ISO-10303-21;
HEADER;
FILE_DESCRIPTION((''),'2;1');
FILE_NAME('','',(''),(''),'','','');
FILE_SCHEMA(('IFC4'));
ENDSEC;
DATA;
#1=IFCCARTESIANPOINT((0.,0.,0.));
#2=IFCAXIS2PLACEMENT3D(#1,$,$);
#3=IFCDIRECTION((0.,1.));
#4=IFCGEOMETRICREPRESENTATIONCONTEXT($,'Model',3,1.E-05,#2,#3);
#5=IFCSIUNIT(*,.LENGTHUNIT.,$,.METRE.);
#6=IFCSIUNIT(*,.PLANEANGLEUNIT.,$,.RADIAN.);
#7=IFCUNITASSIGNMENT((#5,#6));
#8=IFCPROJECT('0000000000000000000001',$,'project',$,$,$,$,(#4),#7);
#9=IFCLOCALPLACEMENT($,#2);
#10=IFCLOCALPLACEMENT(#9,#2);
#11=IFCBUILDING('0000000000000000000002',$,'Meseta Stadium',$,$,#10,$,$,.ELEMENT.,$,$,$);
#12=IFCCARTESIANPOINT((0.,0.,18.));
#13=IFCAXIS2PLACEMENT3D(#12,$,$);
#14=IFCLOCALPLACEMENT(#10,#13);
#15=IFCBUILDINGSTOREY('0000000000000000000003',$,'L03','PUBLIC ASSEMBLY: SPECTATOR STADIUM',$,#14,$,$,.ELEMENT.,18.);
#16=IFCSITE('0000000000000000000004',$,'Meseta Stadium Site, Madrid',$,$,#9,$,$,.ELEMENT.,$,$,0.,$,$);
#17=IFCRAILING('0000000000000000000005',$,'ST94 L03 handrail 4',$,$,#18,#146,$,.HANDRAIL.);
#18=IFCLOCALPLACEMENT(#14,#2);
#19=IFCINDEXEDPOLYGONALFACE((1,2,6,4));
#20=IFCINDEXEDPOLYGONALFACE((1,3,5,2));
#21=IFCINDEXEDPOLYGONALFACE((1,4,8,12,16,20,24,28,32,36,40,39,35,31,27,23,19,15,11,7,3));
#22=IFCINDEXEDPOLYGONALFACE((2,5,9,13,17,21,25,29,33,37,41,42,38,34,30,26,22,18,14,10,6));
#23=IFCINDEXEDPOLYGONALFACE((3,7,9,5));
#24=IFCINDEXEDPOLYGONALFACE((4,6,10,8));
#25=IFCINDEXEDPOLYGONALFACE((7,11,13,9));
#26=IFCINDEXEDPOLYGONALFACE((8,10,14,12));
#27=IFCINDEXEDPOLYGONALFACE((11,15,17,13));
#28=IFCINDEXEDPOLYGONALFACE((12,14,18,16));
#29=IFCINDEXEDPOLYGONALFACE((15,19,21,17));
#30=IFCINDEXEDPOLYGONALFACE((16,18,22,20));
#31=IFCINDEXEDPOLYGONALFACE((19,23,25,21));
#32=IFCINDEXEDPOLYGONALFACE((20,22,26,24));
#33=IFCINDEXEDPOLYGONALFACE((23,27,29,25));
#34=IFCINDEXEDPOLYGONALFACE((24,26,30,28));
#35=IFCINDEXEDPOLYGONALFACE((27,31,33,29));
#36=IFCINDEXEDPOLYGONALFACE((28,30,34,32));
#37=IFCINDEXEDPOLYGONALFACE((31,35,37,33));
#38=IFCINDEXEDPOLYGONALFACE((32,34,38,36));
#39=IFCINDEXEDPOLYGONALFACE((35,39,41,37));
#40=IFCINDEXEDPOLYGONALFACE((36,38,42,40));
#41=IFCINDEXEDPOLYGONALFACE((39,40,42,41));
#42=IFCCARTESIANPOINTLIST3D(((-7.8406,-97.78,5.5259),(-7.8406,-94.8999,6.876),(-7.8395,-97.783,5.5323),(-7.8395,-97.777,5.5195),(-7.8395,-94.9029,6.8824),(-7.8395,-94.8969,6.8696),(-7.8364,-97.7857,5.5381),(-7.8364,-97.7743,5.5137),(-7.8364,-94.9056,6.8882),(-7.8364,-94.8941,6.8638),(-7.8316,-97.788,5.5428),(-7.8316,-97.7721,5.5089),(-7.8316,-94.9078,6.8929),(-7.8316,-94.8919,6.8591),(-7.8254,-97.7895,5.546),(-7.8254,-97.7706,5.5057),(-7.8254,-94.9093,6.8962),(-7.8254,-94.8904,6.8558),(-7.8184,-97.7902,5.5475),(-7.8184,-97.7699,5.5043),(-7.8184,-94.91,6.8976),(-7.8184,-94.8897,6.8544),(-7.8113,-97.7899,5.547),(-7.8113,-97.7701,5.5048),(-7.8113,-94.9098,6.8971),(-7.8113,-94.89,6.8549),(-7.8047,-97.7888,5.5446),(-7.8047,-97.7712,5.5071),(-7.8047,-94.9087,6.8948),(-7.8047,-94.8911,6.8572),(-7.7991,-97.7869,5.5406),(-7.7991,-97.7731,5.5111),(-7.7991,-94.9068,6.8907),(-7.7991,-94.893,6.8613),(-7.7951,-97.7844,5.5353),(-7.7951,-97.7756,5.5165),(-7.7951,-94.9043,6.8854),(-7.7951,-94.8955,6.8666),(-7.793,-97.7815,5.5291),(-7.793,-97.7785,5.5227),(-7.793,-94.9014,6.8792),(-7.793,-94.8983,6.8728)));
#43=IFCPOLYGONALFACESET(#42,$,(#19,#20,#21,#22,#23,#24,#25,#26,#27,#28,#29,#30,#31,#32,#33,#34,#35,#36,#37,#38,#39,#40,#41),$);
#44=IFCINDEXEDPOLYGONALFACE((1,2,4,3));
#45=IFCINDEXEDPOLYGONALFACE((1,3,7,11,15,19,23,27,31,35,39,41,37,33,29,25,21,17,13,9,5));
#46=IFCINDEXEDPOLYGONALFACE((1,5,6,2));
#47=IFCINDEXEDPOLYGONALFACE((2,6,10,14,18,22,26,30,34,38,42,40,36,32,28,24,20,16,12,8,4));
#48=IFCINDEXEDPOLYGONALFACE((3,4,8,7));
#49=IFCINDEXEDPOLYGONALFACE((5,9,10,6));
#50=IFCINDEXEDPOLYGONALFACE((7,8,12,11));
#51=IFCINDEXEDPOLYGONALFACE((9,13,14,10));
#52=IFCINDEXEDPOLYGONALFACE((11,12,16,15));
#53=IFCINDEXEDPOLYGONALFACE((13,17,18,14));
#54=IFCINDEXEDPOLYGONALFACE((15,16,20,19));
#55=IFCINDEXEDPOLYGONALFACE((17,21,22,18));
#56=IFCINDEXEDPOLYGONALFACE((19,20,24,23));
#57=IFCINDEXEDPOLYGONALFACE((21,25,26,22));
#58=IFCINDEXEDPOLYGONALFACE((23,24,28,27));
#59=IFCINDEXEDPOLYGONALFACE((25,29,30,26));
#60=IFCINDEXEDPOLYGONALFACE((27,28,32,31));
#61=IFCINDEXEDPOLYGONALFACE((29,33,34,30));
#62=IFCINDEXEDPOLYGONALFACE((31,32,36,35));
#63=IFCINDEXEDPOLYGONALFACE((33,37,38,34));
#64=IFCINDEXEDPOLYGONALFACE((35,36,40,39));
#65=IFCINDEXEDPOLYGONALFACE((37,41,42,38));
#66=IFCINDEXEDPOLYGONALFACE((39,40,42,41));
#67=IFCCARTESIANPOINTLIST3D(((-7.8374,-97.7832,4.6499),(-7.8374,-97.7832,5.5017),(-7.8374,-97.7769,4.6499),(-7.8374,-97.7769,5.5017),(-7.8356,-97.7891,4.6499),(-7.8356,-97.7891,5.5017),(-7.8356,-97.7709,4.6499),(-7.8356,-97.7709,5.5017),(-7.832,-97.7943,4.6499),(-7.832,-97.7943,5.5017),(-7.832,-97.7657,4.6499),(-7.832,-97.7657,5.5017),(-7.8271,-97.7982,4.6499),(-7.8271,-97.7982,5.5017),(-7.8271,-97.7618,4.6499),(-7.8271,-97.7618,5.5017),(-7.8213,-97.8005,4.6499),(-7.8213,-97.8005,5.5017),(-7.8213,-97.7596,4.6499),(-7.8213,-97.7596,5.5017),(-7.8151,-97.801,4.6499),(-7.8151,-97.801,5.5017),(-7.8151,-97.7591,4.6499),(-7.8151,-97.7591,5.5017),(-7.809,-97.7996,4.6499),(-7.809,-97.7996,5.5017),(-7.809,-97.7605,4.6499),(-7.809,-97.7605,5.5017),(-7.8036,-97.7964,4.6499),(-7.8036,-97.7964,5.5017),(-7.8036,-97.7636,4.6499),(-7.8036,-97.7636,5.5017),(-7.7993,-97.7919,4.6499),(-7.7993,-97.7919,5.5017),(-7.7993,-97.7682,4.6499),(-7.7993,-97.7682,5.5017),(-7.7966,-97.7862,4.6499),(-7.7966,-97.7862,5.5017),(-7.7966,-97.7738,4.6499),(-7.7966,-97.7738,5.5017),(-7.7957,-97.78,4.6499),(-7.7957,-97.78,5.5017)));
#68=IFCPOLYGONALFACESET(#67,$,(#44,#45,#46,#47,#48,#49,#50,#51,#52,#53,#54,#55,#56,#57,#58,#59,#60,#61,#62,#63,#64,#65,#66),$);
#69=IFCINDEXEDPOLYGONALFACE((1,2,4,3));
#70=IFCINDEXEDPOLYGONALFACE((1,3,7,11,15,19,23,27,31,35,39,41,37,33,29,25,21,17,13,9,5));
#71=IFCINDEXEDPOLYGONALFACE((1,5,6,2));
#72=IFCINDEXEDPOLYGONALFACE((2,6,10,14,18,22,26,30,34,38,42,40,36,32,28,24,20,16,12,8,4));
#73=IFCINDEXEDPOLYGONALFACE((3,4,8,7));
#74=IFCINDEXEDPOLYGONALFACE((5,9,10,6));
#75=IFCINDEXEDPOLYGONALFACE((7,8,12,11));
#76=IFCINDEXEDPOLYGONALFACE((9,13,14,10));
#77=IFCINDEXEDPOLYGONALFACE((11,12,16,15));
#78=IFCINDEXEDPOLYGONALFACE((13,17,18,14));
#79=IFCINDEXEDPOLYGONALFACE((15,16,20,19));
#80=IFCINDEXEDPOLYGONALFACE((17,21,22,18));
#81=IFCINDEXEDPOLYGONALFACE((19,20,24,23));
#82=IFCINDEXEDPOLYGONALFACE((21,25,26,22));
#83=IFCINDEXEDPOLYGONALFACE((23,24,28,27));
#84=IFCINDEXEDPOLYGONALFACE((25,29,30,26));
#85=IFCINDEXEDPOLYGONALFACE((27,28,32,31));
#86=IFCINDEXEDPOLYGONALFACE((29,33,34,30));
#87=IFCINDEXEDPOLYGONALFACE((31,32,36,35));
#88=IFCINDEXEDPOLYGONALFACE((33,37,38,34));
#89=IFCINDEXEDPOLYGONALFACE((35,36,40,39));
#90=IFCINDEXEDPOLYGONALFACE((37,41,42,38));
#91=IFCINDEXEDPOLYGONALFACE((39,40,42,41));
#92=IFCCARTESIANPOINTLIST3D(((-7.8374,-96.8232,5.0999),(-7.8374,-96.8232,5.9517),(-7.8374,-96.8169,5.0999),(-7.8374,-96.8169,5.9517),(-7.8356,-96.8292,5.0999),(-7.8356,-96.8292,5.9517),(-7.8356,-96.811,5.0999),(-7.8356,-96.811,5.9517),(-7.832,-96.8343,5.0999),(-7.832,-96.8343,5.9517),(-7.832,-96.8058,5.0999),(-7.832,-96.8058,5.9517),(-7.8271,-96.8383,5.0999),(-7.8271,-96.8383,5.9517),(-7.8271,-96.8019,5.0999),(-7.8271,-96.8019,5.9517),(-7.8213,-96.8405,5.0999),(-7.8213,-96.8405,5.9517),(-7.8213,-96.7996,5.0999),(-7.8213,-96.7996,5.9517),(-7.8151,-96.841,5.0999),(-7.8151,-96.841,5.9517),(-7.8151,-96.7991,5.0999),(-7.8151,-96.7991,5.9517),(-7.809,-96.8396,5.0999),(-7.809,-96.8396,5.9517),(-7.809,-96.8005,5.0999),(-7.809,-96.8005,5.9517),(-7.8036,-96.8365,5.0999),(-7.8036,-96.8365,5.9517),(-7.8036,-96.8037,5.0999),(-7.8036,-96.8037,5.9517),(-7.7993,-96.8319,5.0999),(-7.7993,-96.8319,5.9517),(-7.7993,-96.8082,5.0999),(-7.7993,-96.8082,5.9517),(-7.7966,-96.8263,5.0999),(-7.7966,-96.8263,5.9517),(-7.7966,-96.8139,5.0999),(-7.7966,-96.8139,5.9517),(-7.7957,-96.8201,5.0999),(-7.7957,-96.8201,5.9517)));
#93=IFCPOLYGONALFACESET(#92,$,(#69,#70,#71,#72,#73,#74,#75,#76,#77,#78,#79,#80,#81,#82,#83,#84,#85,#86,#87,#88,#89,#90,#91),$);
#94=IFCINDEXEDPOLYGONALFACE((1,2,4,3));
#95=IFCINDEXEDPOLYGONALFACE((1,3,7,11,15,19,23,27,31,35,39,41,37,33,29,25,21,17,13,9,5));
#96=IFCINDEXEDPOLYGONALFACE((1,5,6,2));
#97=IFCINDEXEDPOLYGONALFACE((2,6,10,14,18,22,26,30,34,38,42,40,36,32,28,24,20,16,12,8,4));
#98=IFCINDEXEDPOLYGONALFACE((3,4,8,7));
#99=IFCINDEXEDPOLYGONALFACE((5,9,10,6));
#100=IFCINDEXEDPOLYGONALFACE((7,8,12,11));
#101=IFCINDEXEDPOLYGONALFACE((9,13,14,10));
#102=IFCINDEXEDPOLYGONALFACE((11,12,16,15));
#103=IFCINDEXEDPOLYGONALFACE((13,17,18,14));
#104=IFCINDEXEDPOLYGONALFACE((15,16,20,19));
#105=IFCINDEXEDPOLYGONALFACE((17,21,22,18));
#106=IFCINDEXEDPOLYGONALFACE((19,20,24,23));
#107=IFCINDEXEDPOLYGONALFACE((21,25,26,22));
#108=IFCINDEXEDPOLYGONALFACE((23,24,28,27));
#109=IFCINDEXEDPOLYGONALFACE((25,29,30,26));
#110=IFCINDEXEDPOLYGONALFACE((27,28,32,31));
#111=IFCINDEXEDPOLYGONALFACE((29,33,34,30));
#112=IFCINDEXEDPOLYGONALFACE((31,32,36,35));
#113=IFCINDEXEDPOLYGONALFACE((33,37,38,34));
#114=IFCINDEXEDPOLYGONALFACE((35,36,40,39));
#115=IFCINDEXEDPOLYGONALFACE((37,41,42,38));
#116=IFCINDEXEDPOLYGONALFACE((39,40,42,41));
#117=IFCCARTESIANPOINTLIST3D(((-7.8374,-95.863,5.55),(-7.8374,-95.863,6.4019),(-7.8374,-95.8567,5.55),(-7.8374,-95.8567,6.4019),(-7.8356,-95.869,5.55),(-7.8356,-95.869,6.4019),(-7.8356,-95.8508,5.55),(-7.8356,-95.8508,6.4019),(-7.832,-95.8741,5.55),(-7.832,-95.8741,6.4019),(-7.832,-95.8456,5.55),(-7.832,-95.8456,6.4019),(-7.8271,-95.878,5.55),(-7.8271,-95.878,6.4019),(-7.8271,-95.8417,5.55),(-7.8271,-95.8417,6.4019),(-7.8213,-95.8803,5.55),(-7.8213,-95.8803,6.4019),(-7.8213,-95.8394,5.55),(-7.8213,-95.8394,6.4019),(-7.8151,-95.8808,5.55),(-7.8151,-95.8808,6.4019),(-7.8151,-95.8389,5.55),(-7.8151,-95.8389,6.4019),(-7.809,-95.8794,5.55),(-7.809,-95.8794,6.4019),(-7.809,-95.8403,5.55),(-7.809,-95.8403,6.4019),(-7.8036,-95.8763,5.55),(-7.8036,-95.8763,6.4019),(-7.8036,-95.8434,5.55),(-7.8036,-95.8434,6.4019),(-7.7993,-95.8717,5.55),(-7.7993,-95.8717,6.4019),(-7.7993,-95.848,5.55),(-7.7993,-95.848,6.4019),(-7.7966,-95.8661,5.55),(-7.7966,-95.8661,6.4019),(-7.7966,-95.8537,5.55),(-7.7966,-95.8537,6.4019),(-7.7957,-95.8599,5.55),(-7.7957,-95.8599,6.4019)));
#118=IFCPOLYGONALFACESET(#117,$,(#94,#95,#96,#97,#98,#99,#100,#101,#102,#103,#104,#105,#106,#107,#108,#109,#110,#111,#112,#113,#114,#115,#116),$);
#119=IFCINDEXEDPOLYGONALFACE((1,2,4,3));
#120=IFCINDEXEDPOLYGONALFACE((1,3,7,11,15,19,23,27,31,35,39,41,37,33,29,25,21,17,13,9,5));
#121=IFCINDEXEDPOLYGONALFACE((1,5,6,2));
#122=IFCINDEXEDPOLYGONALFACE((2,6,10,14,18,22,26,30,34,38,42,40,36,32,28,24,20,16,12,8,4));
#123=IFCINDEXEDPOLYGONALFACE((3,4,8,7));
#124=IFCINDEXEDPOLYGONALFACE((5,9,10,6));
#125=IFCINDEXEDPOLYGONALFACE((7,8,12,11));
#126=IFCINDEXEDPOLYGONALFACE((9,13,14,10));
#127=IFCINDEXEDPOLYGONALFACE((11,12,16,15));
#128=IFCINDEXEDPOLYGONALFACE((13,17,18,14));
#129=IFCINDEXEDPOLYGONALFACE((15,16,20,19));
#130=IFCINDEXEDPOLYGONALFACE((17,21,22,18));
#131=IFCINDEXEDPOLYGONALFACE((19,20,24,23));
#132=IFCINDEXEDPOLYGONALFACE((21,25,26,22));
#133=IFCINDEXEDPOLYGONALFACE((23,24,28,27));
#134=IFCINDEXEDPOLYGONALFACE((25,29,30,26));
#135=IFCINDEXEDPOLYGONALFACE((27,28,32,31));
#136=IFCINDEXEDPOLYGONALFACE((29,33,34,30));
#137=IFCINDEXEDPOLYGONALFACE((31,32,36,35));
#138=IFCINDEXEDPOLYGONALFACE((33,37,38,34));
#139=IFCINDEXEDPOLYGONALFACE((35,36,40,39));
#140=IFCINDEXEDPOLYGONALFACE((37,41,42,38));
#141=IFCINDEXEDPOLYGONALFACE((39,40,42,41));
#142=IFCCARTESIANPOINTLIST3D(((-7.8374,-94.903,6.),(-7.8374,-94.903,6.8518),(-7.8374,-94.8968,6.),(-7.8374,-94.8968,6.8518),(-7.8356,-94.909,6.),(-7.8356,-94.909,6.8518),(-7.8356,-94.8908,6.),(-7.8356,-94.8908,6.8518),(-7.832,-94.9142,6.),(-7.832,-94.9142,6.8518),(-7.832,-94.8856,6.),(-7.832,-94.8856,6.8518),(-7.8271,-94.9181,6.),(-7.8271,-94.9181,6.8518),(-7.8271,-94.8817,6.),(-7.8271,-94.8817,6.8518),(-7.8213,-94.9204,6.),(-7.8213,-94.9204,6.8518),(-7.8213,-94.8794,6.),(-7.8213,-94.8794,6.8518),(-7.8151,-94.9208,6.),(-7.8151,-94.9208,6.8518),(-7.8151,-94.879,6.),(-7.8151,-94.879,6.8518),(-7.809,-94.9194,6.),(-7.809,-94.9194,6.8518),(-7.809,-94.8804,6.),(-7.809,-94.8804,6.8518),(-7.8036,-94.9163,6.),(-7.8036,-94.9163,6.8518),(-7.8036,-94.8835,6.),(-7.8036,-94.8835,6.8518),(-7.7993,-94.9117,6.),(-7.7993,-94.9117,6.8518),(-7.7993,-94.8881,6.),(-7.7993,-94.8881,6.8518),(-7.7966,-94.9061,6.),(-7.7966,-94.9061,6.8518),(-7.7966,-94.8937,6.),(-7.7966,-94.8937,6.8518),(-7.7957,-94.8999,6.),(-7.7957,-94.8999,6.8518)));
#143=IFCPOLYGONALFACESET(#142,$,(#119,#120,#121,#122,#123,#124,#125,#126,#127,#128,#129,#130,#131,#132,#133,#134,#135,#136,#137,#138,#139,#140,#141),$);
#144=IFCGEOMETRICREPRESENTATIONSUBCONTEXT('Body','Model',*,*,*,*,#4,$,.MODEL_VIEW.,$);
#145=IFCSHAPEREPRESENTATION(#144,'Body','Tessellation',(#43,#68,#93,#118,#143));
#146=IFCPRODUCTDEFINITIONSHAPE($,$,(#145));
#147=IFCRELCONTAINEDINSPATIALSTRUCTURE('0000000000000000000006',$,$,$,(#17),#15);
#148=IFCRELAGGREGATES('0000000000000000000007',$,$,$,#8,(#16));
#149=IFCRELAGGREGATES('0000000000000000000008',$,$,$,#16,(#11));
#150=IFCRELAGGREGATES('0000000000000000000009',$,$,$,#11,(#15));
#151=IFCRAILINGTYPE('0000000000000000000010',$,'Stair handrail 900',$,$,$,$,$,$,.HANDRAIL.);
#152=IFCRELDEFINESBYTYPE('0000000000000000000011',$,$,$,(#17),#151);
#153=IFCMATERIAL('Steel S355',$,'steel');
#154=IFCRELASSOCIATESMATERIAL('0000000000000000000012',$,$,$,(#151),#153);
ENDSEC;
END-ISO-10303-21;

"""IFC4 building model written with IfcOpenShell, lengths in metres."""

from ifc_helpers import new_model, si_unit, direction, frame, origin, origin_2d, place, context, subcontext, project, spatial, circle, extrude, material, type_object, element, save


model = new_model("IFC4")

# Units and contexts
model_context = context("Model", 3, precision=1e-05, world=origin(), true_north=direction((0.0, 1.0)))
body_context = subcontext(model_context, "Body", "Model", "MODEL_VIEW")
ifc_project = project(units=[si_unit("LENGTHUNIT", "METRE"), si_unit("PLANEANGLEUNIT", "RADIAN")], contexts=[model_context])

# Site, building, storey
site_placement = place(None, origin())
site = spatial("IfcSite", under=ifc_project, at=site_placement, Name="Meseta Stadium Site, Madrid", CompositionType="ELEMENT", RefElevation=0.0)
building_placement = place(site_placement, origin())
building = spatial("IfcBuilding", under=site, at=building_placement, Name="Meseta Stadium", CompositionType="ELEMENT")
storey_placement = place(building_placement, frame((0.0, 0.0, 18.0)))
storey = spatial("IfcBuildingStorey", under=building, at=storey_placement, Name="L03", Description="PUBLIC ASSEMBLY: SPECTATOR STADIUM", CompositionType="ELEMENT", Elevation=18.0)

# Railing
ifc_material_1 = material(Name="Steel S355", Category="steel")
railing_type_1 = type_object("IfcRailingType", Name="Stair handrail 900", PredefinedType="HANDRAIL", material=ifc_material_1)
for number, where, name in (
    (1, (-7.8167, -97.78, 4.6499), "ST94 L03 handrail 4"),
):
    element("IfcRailing", number, at=place(storey_placement, frame(where)), inside=storey, type_object=railing_type_1, Name=name, PredefinedType="HANDRAIL", context=body_context, shape_type="SweptSolid", body=[
        extrude(circle(Radius=0.0239, at=origin_2d()), frame((0.0, 0.0, 0.876), z_axis=(0.0, 0.905454, 0.424444), x_axis=(-1.0, 0.0, 0.0)), (0.0, 0.0, 1.0), 3.1809),
        extrude(circle(Radius=0.021, at=origin_2d()), origin(), (0.0, 0.0, 1.0), 0.8518),
        extrude(circle(Radius=0.021, at=origin_2d()), frame((0.0, 0.96, 0.45)), (0.0, 0.0, 1.0), 0.8518),
        extrude(circle(Radius=0.021, at=origin_2d()), frame((0.0, 1.9202, 0.9001)), (0.0, 0.0, 1.0), 0.8518),
        extrude(circle(Radius=0.021, at=origin_2d()), frame((0.0, 2.8801, 1.3501)), (0.0, 0.0, 1.0), 0.8518),
    ])

save(model, "model.ifc")
